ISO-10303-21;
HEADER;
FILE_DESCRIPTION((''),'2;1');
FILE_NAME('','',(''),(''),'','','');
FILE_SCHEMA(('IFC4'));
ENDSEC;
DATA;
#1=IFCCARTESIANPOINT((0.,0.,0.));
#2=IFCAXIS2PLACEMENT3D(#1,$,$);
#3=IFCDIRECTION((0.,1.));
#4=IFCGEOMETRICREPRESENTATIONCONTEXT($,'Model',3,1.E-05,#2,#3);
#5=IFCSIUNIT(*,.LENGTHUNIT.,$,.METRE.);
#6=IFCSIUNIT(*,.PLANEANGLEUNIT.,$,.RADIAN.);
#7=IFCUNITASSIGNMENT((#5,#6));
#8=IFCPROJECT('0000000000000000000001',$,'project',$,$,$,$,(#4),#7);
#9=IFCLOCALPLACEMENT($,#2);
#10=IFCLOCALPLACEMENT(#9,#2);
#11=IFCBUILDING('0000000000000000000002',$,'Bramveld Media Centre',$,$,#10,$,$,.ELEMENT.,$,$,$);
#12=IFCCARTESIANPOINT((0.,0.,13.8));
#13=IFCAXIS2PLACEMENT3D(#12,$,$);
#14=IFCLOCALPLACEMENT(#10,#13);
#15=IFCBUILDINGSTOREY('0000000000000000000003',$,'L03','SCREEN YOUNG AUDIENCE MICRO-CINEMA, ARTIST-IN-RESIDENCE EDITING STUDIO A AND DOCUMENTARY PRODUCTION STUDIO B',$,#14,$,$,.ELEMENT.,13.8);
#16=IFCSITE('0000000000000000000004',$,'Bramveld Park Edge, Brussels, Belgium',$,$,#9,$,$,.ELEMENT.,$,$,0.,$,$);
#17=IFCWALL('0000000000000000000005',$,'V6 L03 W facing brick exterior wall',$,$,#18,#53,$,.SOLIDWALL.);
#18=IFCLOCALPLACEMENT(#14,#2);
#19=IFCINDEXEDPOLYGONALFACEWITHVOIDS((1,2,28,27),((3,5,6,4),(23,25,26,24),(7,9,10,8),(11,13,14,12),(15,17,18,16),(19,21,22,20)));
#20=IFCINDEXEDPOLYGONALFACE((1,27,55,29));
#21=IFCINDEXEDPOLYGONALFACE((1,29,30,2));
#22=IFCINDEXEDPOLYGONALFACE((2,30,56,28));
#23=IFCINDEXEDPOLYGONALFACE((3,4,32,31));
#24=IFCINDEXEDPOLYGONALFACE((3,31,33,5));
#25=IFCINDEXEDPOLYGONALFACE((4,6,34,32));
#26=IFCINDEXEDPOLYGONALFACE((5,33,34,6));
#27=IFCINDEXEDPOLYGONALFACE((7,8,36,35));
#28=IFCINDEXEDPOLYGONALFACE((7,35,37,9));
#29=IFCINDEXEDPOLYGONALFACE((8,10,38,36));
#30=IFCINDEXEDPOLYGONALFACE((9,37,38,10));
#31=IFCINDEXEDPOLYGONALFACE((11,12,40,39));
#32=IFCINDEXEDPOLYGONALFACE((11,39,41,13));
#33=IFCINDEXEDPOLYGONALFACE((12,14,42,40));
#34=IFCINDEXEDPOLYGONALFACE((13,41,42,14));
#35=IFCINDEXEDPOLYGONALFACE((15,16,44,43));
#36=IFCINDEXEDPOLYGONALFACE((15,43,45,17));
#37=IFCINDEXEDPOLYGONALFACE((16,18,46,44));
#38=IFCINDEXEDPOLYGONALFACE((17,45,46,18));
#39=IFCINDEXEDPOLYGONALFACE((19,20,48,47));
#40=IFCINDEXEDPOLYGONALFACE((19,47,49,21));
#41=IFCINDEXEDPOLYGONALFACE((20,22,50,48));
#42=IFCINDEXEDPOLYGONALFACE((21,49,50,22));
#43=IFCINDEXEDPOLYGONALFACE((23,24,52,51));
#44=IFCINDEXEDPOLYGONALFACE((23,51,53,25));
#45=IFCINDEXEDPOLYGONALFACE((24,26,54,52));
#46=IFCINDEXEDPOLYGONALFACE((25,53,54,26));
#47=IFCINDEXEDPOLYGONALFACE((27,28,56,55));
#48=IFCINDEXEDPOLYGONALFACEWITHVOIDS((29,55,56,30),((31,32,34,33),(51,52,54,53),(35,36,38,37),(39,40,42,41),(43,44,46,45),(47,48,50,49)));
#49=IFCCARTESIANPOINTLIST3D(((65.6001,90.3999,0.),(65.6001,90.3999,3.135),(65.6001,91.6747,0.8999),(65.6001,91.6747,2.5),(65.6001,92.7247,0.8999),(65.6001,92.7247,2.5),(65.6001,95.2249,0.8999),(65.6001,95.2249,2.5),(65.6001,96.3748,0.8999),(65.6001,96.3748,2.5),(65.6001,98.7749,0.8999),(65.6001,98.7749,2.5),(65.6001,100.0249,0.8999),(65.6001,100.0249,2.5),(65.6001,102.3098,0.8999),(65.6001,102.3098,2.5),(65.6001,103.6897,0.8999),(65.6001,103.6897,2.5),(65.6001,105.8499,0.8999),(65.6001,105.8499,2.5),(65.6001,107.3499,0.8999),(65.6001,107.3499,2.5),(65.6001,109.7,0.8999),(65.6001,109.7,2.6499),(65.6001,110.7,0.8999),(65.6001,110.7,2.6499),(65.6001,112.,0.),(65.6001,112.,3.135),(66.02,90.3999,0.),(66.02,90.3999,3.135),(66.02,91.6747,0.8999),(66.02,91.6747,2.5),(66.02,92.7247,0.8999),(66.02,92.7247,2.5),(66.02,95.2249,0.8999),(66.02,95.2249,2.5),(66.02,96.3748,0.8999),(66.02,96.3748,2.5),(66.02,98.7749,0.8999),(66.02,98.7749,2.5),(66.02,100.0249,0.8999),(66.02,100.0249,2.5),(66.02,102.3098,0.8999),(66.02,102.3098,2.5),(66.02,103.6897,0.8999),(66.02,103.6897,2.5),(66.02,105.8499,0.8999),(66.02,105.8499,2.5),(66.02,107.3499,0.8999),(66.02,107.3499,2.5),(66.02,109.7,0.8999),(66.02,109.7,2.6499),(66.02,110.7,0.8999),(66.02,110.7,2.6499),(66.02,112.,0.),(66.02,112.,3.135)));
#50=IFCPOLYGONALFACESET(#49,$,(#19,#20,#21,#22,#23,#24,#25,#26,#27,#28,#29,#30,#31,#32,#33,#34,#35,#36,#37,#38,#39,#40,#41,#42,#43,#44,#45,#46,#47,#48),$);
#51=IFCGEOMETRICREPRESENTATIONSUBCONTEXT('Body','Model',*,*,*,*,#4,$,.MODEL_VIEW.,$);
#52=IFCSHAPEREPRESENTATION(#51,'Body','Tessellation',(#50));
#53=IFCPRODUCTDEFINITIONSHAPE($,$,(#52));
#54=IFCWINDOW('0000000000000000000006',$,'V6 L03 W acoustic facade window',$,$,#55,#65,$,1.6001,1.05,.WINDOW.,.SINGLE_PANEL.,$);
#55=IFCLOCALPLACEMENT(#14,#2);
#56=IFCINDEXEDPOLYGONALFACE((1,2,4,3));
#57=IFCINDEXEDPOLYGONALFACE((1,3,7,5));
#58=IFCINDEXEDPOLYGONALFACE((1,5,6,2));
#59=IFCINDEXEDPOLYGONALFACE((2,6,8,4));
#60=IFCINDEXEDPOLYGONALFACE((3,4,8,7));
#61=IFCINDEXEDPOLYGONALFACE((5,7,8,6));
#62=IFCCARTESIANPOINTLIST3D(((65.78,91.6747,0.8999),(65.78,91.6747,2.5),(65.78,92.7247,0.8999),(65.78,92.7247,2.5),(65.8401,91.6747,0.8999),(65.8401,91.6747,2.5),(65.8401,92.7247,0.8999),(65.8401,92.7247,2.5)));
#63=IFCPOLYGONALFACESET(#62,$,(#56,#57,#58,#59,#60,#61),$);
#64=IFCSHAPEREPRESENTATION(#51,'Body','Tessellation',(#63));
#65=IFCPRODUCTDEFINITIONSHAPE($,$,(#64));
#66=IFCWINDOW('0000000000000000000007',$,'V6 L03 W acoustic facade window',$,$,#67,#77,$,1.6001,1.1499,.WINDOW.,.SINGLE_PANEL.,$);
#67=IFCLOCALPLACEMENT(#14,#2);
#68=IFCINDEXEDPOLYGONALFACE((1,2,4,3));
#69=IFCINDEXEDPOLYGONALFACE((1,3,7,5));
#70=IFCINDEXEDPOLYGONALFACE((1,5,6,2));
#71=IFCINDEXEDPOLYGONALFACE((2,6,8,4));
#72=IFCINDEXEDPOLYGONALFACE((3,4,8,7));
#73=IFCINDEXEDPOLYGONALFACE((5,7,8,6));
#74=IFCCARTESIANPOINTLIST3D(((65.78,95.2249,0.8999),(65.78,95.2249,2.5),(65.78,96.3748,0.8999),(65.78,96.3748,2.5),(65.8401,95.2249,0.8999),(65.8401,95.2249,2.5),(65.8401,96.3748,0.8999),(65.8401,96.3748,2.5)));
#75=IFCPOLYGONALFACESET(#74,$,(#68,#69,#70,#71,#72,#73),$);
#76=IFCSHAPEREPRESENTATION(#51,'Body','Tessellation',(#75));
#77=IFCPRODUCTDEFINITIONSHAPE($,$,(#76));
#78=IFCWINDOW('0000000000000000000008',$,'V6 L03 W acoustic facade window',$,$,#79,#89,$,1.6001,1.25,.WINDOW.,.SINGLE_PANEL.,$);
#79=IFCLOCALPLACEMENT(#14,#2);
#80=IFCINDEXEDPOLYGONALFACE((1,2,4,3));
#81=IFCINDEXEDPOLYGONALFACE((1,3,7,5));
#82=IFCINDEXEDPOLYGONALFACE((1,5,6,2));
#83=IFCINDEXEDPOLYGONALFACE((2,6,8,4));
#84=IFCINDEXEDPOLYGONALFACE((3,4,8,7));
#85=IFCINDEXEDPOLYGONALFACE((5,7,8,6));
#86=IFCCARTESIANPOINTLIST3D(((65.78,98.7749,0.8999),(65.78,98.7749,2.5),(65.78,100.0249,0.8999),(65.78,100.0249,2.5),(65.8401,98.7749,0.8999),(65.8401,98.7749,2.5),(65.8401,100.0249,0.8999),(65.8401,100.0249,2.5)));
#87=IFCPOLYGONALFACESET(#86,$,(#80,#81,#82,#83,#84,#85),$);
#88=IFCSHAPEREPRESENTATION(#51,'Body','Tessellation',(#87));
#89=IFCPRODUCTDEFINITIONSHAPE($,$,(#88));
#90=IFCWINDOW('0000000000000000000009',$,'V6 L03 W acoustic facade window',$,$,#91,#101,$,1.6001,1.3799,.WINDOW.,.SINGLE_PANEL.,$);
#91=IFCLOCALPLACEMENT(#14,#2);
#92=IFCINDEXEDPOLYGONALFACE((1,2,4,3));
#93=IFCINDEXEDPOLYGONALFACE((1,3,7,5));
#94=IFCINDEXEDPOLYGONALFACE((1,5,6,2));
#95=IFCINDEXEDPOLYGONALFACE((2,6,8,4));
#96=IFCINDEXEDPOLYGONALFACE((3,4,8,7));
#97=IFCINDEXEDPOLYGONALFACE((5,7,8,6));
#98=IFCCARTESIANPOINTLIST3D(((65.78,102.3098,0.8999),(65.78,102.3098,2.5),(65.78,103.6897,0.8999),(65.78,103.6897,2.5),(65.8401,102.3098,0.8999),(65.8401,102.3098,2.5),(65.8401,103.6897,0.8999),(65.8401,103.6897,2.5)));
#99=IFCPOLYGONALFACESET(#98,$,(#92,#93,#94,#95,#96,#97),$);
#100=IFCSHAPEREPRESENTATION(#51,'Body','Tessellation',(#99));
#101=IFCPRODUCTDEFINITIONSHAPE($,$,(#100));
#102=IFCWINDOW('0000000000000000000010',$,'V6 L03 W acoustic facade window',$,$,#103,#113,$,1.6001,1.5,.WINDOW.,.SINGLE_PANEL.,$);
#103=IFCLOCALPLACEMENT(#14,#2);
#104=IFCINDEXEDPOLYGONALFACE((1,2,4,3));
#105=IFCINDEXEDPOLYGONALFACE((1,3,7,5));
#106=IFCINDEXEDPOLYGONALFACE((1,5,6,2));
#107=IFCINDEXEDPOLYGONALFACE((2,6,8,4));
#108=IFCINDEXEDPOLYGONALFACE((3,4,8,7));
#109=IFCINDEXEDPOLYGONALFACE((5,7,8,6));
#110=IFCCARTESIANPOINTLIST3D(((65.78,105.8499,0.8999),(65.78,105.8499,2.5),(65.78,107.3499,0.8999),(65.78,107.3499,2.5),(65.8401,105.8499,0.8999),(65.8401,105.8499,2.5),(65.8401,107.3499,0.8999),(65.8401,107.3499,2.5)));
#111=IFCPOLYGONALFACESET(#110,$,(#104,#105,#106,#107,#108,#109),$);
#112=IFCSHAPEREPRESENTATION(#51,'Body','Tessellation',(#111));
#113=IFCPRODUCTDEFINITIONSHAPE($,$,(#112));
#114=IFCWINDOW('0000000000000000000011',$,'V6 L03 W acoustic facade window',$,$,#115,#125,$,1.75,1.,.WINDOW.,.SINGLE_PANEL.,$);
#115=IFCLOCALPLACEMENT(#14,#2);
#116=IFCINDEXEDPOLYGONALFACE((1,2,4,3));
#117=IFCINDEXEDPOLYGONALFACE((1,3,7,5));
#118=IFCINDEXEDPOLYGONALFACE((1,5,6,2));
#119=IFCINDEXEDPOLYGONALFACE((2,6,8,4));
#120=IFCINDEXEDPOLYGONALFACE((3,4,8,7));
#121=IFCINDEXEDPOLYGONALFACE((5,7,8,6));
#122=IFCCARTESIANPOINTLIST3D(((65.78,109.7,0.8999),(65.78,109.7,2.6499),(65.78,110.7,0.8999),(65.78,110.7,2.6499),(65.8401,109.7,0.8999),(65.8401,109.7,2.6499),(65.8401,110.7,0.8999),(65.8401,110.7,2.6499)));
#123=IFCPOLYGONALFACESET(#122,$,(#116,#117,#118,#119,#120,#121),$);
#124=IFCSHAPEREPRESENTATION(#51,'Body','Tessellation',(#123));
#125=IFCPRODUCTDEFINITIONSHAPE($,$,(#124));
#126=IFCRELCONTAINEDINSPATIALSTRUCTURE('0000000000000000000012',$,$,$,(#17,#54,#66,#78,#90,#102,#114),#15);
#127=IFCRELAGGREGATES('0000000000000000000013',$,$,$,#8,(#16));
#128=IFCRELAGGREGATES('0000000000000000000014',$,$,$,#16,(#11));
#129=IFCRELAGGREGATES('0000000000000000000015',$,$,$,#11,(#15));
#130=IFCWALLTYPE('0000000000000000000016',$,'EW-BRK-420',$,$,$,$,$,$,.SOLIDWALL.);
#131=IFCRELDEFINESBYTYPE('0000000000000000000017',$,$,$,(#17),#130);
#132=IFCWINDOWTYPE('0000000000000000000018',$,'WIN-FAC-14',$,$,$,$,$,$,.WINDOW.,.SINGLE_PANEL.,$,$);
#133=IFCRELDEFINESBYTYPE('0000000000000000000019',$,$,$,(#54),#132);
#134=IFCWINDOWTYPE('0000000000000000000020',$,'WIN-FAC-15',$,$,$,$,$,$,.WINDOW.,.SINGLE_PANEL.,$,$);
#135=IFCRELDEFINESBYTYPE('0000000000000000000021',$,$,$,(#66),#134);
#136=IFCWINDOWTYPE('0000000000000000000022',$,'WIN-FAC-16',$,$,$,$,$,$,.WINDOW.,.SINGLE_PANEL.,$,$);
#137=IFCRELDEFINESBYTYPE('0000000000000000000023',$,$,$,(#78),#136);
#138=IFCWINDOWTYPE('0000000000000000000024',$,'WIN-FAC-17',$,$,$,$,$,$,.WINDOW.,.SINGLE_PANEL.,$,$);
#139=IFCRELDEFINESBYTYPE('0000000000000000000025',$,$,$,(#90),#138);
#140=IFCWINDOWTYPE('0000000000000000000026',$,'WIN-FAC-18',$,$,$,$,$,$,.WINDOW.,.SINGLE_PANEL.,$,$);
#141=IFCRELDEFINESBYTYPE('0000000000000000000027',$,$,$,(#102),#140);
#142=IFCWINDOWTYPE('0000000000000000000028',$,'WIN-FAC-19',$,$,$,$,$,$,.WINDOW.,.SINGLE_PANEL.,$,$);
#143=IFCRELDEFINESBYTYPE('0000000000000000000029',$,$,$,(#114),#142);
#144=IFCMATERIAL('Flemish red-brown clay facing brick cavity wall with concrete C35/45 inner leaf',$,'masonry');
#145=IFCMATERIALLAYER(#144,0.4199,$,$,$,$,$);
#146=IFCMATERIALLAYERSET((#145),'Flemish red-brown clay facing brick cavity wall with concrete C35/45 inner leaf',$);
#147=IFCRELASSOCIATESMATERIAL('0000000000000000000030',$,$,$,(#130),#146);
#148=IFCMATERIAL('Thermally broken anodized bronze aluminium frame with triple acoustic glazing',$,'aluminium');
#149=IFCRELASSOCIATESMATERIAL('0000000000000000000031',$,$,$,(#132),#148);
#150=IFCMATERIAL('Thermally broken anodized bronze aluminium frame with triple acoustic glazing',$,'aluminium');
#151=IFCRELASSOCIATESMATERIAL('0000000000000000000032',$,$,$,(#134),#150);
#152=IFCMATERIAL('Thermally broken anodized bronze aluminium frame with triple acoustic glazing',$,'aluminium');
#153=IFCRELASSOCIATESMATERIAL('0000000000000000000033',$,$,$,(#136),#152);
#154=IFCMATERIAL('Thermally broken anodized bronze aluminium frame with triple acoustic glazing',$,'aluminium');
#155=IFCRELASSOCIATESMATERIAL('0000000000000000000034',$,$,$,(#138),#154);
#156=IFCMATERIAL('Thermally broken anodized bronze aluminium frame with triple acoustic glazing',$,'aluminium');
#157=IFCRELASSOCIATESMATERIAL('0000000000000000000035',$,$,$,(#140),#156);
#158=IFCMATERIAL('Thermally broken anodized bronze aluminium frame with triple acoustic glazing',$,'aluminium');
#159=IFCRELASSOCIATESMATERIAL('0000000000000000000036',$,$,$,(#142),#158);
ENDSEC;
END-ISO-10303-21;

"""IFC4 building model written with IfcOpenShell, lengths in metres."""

from ifc_helpers import new_model, si_unit, direction, frame, frame_2d, origin, place, context, subcontext, project, spatial, rectangle, extrude, material, layer, layer_set, type_object, element, fill, save


model = new_model("IFC4")

# Units and contexts
model_context = context("Model", 3, precision=1e-05, world=origin(), true_north=direction((0.0, 1.0)))
body_context = subcontext(model_context, "Body", "Model", "MODEL_VIEW")
ifc_project = project(units=[si_unit("LENGTHUNIT", "METRE"), si_unit("PLANEANGLEUNIT", "RADIAN")], contexts=[model_context])

# Site, building, storey
site_placement = place(None, origin())
site = spatial("IfcSite", under=ifc_project, at=site_placement, Name="Bramveld Park Edge, Brussels, Belgium", CompositionType="ELEMENT", RefElevation=0.0)
building_placement = place(site_placement, origin())
building = spatial("IfcBuilding", under=site, at=building_placement, Name="Bramveld Media Centre", CompositionType="ELEMENT")
storey_placement = place(building_placement, frame((0.0, 0.0, 13.8)))
storey = spatial("IfcBuildingStorey", under=building, at=storey_placement, Name="L03", Description="SCREEN YOUNG AUDIENCE MICRO-CINEMA, ARTIST-IN-RESIDENCE EDITING STUDIO A AND DOCUMENTARY PRODUCTION STUDIO B", CompositionType="ELEMENT", Elevation=13.8)

# Shared definitions
ifc_material_1 = material(Name="Flemish red-brown clay facing brick cavity wall with concrete C35/45 inner leaf", Category="masonry")
ifc_layer_1 = layer(ifc_material_1, 0.4199)
ifc_layer_set_1 = layer_set([ifc_layer_1], Name="Flemish red-brown clay facing brick cavity wall with concrete C35/45 inner leaf")
wall_type_1 = type_object("IfcWallType", Name="EW-BRK-420", PredefinedType="SOLIDWALL", material=ifc_layer_set_1)

# Wall, openings, windows
wall_1_placement = place(storey_placement, frame((65.8101, 90.3999, 0.0), z_axis=(0.0, 0.0, 1.0), x_axis=(0.0, 1.0, 0.0)))
wall_1 = element("IfcWall", 1, at=wall_1_placement, inside=storey, type_object=wall_type_1, Name="V6 L03 W facing brick exterior wall", PredefinedType="SOLIDWALL", context=body_context, shape_type="SweptSolid", body=[
    extrude(rectangle(XDim=21.6001, YDim=0.4199, at=frame_2d((10.8, 0.0))), origin(), (0.0, 0.0, 1.0), 3.135),
])
opening_1_placement = place(wall_1_placement, frame((1.2749, 0.0, 0.8999)))
opening_1 = element("IfcOpeningElement", 2, at=opening_1_placement, cuts=wall_1, PredefinedType="OPENING", context=body_context, shape_type="SweptSolid", body=[
    extrude(rectangle(XDim=1.05, YDim=1.6001, at=frame_2d((0.5249, 0.8))), frame((0.0, 0.2219, 0.0), z_axis=(0.0, -1.0, 0.0), x_axis=(1.0, 0.0, 0.0)), (0.0, 0.0, 1.0), 0.4438),
])
opening_2_placement = place(wall_1_placement, frame((4.825, 0.0, 0.8999)))
opening_2 = element("IfcOpeningElement", 3, at=opening_2_placement, cuts=wall_1, PredefinedType="OPENING", context=body_context, shape_type="SweptSolid", body=[
    extrude(rectangle(XDim=1.1499, YDim=1.6001, at=frame_2d((0.575, 0.8))), frame((0.0, 0.2219, 0.0), z_axis=(0.0, -1.0, 0.0), x_axis=(1.0, 0.0, 0.0)), (0.0, 0.0, 1.0), 0.4438),
])
opening_3_placement = place(wall_1_placement, frame((8.375, 0.0, 0.8999)))
opening_3 = element("IfcOpeningElement", 4, at=opening_3_placement, cuts=wall_1, PredefinedType="OPENING", context=body_context, shape_type="SweptSolid", body=[
    extrude(rectangle(XDim=1.25, YDim=1.6001, at=frame_2d((0.625, 0.8))), frame((0.0, 0.2219, 0.0), z_axis=(0.0, -1.0, 0.0), x_axis=(1.0, 0.0, 0.0)), (0.0, 0.0, 1.0), 0.4438),
])
opening_4_placement = place(wall_1_placement, frame((11.9099, 0.0, 0.8999)))
opening_4 = element("IfcOpeningElement", 5, at=opening_4_placement, cuts=wall_1, PredefinedType="OPENING", context=body_context, shape_type="SweptSolid", body=[
    extrude(rectangle(XDim=1.3799, YDim=1.6001, at=frame_2d((0.6899, 0.8))), frame((0.0, 0.2219, 0.0), z_axis=(0.0, -1.0, 0.0), x_axis=(1.0, 0.0, 0.0)), (0.0, 0.0, 1.0), 0.4438),
])
opening_5_placement = place(wall_1_placement, frame((15.45, 0.0, 0.8999)))
opening_5 = element("IfcOpeningElement", 6, at=opening_5_placement, cuts=wall_1, PredefinedType="OPENING", context=body_context, shape_type="SweptSolid", body=[
    extrude(rectangle(XDim=1.5, YDim=1.6001, at=frame_2d((0.75, 0.8))), frame((0.0, 0.2219, 0.0), z_axis=(0.0, -1.0, 0.0), x_axis=(1.0, 0.0, 0.0)), (0.0, 0.0, 1.0), 0.4438),
])
opening_6_placement = place(wall_1_placement, frame((19.3, 0.0, 0.8999)))
opening_6 = element("IfcOpeningElement", 7, at=opening_6_placement, cuts=wall_1, PredefinedType="OPENING", context=body_context, shape_type="SweptSolid", body=[
    extrude(rectangle(XDim=1.0, YDim=1.75, at=frame_2d((0.5, 0.875))), frame((0.0, 0.2219, 0.0), z_axis=(0.0, -1.0, 0.0), x_axis=(1.0, 0.0, 0.0)), (0.0, 0.0, 1.0), 0.4438),
])
ifc_material_2 = material(Name="Thermally broken anodized bronze aluminium frame with triple acoustic glazing", Category="aluminium")
window_type_1 = type_object("IfcWindowType", Name="WIN-FAC-14", PartitioningType="SINGLE_PANEL", PredefinedType="WINDOW", material=ifc_material_2)
window_1_placement = place(opening_1_placement, origin())
window_1 = element("IfcWindow", 8, at=window_1_placement, inside=storey, type_object=window_type_1, Name="V6 L03 W acoustic facade window", OverallHeight=1.6001, OverallWidth=1.05, PartitioningType="SINGLE_PANEL", PredefinedType="WINDOW", context=body_context, shape_type="SweptSolid", body=[
    extrude(rectangle(XDim=1.05, YDim=1.6001, at=frame_2d((0.5249, 0.8))), frame((0.0, 0.03, 0.0), z_axis=(0.0, -1.0, 0.0), x_axis=(1.0, 0.0, 0.0)), (0.0, 0.0, 1.0), 0.0601),
])
fill(opening_1, window_1)
ifc_material_3 = material(Name="Thermally broken anodized bronze aluminium frame with triple acoustic glazing", Category="aluminium")
window_type_2 = type_object("IfcWindowType", Name="WIN-FAC-15", PartitioningType="SINGLE_PANEL", PredefinedType="WINDOW", material=ifc_material_3)
window_2_placement = place(opening_2_placement, origin())
window_2 = element("IfcWindow", 9, at=window_2_placement, inside=storey, type_object=window_type_2, Name="V6 L03 W acoustic facade window", OverallHeight=1.6001, OverallWidth=1.1499, PartitioningType="SINGLE_PANEL", PredefinedType="WINDOW", context=body_context, shape_type="SweptSolid", body=[
    extrude(rectangle(XDim=1.1499, YDim=1.6001, at=frame_2d((0.575, 0.8))), frame((0.0, 0.03, 0.0), z_axis=(0.0, -1.0, 0.0), x_axis=(1.0, 0.0, 0.0)), (0.0, 0.0, 1.0), 0.0601),
])
fill(opening_2, window_2)
ifc_material_4 = material(Name="Thermally broken anodized bronze aluminium frame with triple acoustic glazing", Category="aluminium")
window_type_3 = type_object("IfcWindowType", Name="WIN-FAC-16", PartitioningType="SINGLE_PANEL", PredefinedType="WINDOW", material=ifc_material_4)
window_3_placement = place(opening_3_placement, origin())
window_3 = element("IfcWindow", 10, at=window_3_placement, inside=storey, type_object=window_type_3, Name="V6 L03 W acoustic facade window", OverallHeight=1.6001, OverallWidth=1.25, PartitioningType="SINGLE_PANEL", PredefinedType="WINDOW", context=body_context, shape_type="SweptSolid", body=[
    extrude(rectangle(XDim=1.25, YDim=1.6001, at=frame_2d((0.625, 0.8))), frame((0.0, 0.03, 0.0), z_axis=(0.0, -1.0, 0.0), x_axis=(1.0, 0.0, 0.0)), (0.0, 0.0, 1.0), 0.0601),
])
fill(opening_3, window_3)
ifc_material_5 = material(Name="Thermally broken anodized bronze aluminium frame with triple acoustic glazing", Category="aluminium")
window_type_4 = type_object("IfcWindowType", Name="WIN-FAC-17", PartitioningType="SINGLE_PANEL", PredefinedType="WINDOW", material=ifc_material_5)
window_4_placement = place(opening_4_placement, origin())
window_4 = element("IfcWindow", 11, at=window_4_placement, inside=storey, type_object=window_type_4, Name="V6 L03 W acoustic facade window", OverallHeight=1.6001, OverallWidth=1.3799, PartitioningType="SINGLE_PANEL", PredefinedType="WINDOW", context=body_context, shape_type="SweptSolid", body=[
    extrude(rectangle(XDim=1.3799, YDim=1.6001, at=frame_2d((0.6899, 0.8))), frame((0.0, 0.03, 0.0), z_axis=(0.0, -1.0, 0.0), x_axis=(1.0, 0.0, 0.0)), (0.0, 0.0, 1.0), 0.0601),
])
fill(opening_4, window_4)
ifc_material_6 = material(Name="Thermally broken anodized bronze aluminium frame with triple acoustic glazing", Category="aluminium")
window_type_5 = type_object("IfcWindowType", Name="WIN-FAC-18", PartitioningType="SINGLE_PANEL", PredefinedType="WINDOW", material=ifc_material_6)
window_5_placement = place(opening_5_placement, origin())
window_5 = element("IfcWindow", 12, at=window_5_placement, inside=storey, type_object=window_type_5, Name="V6 L03 W acoustic facade window", OverallHeight=1.6001, OverallWidth=1.5, PartitioningType="SINGLE_PANEL", PredefinedType="WINDOW", context=body_context, shape_type="SweptSolid", body=[
    extrude(rectangle(XDim=1.5, YDim=1.6001, at=frame_2d((0.75, 0.8))), frame((0.0, 0.03, 0.0), z_axis=(0.0, -1.0, 0.0), x_axis=(1.0, 0.0, 0.0)), (0.0, 0.0, 1.0), 0.0601),
])
fill(opening_5, window_5)
ifc_material_7 = material(Name="Thermally broken anodized bronze aluminium frame with triple acoustic glazing", Category="aluminium")
window_type_6 = type_object("IfcWindowType", Name="WIN-FAC-19", PartitioningType="SINGLE_PANEL", PredefinedType="WINDOW", material=ifc_material_7)
window_6_placement = place(opening_6_placement, origin())
window_6 = element("IfcWindow", 13, at=window_6_placement, inside=storey, type_object=window_type_6, Name="V6 L03 W acoustic facade window", OverallHeight=1.75, OverallWidth=1.0, PartitioningType="SINGLE_PANEL", PredefinedType="WINDOW", context=body_context, shape_type="SweptSolid", body=[
    extrude(rectangle(XDim=1.0, YDim=1.75, at=frame_2d((0.5, 0.875))), frame((0.0, 0.03, 0.0), z_axis=(0.0, -1.0, 0.0), x_axis=(1.0, 0.0, 0.0)), (0.0, 0.0, 1.0), 0.0601),
])
fill(opening_6, window_6)

save(model, "model.ifc")
